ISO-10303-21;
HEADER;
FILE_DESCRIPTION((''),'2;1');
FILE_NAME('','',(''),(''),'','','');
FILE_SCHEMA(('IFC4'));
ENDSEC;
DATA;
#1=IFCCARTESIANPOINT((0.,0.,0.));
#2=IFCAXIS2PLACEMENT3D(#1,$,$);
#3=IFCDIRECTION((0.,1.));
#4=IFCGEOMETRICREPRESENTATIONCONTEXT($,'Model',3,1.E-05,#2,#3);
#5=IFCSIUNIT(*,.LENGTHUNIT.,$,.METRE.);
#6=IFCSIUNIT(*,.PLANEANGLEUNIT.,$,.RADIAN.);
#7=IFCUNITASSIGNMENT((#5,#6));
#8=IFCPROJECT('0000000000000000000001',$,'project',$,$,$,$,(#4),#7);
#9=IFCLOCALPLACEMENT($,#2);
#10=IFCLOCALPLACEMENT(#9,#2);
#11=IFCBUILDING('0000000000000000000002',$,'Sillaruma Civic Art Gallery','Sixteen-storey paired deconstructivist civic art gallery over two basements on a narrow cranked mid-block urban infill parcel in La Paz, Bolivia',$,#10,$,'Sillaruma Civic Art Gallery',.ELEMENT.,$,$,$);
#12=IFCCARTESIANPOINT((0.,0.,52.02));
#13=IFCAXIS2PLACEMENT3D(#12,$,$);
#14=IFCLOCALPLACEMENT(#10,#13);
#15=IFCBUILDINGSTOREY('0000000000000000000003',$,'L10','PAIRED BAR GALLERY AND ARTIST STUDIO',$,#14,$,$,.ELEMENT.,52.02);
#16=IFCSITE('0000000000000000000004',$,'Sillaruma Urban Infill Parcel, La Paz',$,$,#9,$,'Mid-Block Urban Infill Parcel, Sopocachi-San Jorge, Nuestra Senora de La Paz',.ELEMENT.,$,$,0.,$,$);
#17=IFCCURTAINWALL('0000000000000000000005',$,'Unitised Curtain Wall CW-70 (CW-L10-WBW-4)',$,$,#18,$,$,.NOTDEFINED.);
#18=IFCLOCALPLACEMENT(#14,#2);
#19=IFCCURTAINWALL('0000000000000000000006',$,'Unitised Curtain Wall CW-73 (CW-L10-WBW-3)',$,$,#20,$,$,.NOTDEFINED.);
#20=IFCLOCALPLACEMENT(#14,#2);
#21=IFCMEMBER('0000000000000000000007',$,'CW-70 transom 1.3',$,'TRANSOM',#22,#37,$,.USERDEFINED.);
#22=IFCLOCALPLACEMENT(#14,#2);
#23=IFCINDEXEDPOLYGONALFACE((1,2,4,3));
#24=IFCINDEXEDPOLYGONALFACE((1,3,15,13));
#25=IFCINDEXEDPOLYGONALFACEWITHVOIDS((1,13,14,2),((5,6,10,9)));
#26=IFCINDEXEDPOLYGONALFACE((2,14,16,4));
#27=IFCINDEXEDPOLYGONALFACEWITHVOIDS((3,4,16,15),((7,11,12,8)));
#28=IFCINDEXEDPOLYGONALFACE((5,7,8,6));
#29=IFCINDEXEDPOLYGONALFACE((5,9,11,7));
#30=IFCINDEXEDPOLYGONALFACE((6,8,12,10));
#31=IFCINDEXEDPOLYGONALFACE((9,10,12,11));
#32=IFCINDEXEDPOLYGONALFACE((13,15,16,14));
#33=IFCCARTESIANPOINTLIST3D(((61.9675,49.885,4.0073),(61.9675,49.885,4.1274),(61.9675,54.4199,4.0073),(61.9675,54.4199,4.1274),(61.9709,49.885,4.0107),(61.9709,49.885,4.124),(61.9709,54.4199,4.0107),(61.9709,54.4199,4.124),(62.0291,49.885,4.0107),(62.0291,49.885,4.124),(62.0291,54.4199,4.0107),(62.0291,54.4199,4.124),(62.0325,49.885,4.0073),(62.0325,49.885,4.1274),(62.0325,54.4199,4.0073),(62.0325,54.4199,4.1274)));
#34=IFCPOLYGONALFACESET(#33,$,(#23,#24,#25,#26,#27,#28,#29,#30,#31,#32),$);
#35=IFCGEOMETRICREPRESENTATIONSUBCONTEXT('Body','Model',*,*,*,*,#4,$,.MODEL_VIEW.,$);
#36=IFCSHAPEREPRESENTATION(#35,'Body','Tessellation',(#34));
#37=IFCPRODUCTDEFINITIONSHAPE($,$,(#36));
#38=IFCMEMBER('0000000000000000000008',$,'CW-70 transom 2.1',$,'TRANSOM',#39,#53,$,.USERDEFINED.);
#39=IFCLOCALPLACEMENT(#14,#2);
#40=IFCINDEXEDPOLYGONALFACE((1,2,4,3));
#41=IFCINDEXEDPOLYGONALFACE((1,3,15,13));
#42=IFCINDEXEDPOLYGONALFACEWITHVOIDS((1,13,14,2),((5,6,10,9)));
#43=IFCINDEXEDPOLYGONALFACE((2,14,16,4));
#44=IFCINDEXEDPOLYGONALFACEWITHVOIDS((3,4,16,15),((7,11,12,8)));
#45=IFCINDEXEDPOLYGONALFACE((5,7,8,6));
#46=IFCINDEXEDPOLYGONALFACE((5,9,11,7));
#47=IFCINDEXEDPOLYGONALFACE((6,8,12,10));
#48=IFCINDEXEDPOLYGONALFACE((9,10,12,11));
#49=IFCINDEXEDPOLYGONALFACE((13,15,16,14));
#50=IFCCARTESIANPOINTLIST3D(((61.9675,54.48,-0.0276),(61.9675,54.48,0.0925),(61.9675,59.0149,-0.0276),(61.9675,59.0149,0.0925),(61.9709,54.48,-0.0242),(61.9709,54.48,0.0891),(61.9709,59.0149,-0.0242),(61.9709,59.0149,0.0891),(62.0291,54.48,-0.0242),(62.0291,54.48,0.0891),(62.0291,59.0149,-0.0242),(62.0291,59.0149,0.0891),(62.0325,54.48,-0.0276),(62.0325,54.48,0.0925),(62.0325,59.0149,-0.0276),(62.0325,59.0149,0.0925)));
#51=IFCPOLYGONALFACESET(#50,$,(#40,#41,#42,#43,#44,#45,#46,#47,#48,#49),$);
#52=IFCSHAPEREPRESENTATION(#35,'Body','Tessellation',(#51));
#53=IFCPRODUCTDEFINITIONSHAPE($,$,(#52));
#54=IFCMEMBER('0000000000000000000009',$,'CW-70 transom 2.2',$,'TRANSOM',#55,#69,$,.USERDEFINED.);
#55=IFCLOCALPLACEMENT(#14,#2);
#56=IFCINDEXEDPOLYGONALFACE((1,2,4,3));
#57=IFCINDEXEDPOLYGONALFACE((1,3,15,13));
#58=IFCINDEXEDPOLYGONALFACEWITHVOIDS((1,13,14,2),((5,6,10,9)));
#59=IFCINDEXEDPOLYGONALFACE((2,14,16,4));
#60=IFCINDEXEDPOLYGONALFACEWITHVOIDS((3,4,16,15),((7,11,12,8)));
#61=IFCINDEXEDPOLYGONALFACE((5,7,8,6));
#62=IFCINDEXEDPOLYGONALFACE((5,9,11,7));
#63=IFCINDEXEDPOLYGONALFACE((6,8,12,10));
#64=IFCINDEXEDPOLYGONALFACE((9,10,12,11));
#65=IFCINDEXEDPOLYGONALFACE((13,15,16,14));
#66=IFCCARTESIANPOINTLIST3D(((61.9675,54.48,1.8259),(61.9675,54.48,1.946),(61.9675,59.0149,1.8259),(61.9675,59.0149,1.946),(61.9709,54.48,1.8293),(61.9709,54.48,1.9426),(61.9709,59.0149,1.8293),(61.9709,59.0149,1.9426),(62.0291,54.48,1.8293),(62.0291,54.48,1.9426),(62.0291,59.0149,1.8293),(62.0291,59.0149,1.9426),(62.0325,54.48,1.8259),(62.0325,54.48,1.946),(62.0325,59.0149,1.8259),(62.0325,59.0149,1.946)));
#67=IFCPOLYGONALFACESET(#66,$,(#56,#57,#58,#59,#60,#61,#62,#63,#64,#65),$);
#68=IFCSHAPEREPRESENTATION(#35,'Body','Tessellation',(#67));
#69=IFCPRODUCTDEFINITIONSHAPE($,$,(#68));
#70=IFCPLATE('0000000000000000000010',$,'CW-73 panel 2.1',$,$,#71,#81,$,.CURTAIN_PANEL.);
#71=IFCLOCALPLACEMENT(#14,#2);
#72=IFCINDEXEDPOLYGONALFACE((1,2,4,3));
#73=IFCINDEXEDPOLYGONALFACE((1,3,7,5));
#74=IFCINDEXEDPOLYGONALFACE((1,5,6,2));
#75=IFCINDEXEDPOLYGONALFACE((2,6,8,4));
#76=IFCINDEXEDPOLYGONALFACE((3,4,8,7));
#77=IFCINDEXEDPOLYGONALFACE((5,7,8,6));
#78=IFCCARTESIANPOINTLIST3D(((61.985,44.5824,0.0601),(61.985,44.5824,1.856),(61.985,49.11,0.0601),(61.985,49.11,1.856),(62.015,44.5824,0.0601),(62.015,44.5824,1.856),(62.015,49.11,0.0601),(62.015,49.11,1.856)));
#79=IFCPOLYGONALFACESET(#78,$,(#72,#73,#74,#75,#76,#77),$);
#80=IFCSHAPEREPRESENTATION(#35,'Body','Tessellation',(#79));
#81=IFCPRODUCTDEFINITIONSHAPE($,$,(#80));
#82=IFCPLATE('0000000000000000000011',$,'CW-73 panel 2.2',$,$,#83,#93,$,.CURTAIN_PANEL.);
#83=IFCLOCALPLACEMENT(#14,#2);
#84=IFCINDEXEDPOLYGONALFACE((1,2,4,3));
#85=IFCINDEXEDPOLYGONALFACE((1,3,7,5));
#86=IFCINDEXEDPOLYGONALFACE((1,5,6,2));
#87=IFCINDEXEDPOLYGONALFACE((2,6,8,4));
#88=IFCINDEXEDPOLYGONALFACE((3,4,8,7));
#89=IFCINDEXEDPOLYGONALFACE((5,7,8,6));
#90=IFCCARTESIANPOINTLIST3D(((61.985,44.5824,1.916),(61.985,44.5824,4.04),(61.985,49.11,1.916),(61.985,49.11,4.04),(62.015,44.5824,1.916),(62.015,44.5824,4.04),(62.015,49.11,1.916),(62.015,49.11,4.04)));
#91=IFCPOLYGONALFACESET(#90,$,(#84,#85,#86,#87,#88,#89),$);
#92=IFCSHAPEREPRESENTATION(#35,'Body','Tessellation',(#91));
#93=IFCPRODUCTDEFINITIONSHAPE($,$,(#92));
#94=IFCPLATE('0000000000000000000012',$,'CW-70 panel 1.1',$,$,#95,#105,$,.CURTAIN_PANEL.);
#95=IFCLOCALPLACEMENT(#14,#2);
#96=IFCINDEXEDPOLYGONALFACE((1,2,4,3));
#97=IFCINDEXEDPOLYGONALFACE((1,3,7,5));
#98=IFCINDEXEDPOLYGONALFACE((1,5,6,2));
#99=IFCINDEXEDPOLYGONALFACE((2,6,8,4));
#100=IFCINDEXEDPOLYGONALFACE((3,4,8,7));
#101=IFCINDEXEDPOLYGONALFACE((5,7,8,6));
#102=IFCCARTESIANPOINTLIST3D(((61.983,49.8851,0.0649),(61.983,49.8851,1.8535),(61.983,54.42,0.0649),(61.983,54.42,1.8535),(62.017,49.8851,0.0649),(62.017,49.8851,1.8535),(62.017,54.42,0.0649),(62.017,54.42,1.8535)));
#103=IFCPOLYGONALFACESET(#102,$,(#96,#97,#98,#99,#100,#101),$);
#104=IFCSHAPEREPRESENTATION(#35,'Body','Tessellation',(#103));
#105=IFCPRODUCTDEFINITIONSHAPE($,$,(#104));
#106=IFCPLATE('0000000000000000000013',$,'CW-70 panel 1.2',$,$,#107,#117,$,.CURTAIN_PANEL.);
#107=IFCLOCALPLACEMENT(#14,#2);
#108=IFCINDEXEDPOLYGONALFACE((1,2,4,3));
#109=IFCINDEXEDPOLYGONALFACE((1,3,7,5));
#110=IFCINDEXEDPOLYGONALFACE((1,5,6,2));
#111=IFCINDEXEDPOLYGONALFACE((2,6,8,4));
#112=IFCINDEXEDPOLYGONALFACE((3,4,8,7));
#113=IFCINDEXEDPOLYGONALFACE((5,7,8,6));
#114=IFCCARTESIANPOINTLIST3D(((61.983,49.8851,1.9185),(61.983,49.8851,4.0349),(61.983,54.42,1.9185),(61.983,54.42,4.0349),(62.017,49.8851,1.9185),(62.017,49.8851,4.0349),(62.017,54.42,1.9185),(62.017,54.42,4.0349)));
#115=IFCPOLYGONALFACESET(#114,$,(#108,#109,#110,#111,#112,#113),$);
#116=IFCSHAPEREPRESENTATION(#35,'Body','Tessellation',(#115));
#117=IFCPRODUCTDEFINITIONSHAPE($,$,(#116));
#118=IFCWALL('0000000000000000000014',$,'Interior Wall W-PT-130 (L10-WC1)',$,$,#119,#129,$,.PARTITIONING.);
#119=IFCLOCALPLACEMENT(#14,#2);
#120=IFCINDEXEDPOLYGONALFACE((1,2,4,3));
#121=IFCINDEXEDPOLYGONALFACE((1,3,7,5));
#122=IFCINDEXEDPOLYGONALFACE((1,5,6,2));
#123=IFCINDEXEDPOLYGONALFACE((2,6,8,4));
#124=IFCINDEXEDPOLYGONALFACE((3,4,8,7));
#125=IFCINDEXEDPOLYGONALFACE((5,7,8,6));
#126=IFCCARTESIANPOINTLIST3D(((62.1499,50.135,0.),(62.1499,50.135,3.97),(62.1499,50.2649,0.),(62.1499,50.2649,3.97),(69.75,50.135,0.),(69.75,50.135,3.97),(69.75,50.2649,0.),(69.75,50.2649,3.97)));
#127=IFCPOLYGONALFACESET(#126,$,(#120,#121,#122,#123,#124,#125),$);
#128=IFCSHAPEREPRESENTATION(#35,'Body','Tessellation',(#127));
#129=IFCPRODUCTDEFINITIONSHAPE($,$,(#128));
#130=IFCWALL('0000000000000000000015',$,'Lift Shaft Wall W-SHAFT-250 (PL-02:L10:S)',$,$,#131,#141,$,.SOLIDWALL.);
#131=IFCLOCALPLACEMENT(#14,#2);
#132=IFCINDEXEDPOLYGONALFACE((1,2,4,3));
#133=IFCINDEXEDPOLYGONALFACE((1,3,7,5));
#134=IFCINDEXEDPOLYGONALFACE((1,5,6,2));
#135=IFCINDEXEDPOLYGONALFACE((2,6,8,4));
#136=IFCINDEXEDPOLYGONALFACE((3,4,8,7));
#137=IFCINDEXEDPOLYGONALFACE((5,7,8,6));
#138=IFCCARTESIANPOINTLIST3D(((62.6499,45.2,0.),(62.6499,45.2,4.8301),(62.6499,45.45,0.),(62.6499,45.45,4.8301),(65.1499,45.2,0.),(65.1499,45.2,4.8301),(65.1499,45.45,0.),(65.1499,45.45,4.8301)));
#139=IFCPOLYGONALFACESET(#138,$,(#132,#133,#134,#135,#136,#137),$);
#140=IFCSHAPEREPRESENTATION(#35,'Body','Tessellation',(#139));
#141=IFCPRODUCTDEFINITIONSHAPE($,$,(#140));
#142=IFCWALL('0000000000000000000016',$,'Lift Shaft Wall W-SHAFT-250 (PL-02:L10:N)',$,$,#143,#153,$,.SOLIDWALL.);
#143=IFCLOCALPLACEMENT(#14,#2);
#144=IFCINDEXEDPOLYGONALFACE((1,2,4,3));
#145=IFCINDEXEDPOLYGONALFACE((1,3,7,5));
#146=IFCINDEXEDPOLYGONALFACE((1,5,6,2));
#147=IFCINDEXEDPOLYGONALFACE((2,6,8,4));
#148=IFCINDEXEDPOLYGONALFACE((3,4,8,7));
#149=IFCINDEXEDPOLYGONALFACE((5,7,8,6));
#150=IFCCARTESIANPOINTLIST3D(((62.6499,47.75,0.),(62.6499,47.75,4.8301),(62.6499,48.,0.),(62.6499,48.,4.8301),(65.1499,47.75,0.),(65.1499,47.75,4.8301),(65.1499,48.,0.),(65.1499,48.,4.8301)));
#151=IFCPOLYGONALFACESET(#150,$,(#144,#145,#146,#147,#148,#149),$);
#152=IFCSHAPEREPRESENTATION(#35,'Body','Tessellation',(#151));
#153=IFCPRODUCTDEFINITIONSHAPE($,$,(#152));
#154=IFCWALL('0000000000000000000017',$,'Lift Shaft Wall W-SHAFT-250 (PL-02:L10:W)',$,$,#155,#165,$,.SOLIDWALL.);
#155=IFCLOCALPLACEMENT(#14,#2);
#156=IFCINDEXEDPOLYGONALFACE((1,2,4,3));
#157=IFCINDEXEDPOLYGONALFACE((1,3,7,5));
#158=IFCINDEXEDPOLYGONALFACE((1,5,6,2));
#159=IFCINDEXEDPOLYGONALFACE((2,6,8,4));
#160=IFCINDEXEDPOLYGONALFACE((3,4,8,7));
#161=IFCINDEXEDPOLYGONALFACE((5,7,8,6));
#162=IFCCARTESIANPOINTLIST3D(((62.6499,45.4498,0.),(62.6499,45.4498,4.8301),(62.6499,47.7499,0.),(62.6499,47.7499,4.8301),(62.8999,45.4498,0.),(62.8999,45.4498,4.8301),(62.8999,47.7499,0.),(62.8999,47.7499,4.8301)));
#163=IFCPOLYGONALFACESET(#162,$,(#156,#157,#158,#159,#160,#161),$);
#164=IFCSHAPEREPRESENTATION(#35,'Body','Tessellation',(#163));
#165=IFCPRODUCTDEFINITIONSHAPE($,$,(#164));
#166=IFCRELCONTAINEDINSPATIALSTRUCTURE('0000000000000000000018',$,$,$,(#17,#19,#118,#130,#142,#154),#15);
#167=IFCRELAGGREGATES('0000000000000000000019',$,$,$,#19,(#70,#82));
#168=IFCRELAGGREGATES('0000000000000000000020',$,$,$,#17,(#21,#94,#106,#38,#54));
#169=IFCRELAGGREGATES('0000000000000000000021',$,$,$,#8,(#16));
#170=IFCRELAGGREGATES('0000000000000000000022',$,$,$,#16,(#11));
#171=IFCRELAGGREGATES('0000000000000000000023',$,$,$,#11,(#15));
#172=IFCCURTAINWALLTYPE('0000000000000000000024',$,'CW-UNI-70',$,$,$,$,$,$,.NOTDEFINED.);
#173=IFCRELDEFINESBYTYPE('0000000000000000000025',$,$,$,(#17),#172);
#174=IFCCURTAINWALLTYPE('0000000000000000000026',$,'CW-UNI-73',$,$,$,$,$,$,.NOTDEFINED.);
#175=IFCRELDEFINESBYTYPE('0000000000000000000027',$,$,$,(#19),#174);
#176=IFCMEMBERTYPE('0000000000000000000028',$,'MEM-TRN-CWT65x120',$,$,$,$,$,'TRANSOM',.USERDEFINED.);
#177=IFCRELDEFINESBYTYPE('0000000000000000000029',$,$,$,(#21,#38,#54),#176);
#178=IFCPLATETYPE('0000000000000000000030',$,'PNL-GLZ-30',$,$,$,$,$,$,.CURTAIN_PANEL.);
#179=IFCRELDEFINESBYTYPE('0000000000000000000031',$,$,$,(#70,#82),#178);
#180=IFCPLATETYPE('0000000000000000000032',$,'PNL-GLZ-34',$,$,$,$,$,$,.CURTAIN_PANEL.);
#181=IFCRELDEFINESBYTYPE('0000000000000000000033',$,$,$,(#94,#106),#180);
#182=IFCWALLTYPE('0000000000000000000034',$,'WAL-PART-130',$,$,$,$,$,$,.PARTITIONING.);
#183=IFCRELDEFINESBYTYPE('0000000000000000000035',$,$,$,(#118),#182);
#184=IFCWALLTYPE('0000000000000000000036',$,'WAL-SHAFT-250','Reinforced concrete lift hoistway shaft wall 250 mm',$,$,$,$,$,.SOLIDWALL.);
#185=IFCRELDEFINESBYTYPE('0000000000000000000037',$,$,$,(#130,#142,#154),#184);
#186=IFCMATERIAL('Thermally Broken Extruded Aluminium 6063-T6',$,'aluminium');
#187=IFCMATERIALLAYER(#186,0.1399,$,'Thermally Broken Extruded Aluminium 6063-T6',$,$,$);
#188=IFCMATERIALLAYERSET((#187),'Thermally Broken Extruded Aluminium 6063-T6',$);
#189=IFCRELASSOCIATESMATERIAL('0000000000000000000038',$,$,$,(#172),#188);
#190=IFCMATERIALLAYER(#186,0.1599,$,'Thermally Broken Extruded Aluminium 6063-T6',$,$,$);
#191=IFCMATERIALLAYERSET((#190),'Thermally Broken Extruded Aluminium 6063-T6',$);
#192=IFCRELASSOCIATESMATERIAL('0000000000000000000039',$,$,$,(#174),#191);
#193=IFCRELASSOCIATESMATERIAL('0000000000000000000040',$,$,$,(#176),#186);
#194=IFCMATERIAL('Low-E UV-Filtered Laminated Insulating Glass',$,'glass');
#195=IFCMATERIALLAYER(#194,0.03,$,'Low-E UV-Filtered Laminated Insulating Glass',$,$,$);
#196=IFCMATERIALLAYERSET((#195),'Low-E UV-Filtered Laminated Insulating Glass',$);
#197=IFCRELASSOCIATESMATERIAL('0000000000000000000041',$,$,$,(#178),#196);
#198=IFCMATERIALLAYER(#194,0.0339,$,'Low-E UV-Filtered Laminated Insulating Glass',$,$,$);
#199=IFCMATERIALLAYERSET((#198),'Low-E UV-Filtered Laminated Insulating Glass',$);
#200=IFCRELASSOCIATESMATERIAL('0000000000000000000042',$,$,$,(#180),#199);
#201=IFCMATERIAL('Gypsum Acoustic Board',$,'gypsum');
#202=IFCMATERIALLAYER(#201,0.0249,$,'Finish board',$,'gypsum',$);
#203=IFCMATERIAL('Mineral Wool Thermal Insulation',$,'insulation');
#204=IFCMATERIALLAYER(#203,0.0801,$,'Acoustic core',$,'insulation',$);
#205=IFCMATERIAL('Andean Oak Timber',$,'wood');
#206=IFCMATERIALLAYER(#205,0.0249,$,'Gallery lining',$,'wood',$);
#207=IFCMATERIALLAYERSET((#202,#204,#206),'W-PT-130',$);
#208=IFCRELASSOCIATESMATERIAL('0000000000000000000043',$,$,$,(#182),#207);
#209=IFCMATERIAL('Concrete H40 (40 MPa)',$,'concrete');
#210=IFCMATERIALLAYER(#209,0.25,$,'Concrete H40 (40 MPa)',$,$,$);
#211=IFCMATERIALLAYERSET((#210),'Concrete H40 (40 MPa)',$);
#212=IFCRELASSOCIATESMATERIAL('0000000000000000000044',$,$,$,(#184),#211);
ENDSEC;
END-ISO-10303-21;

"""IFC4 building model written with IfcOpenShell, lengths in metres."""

from ifc_helpers import new_model, si_unit, direction, frame, frame_2d, origin, origin_2d, place, context, subcontext, project, spatial, rectangle, hollow_rectangle, extrude, material, layer, layer_set, material_profile, profile_set, type_object, element, aggregate, save


model = new_model("IFC4")

# Units and contexts
model_context = context("Model", 3, precision=1e-05, world=origin(), true_north=direction((0.0, 1.0)))
body_context = subcontext(model_context, "Body", "Model", "MODEL_VIEW")
ifc_project = project(units=[si_unit("LENGTHUNIT", "METRE"), si_unit("PLANEANGLEUNIT", "RADIAN")], contexts=[model_context])

# Site, building, storey
site_placement = place(None, origin())
site = spatial("IfcSite", under=ifc_project, at=site_placement, Name="Sillaruma Urban Infill Parcel, La Paz", LongName="Mid-Block Urban Infill Parcel, Sopocachi-San Jorge, Nuestra Senora de La Paz", CompositionType="ELEMENT", RefElevation=0.0)
building_placement = place(site_placement, origin())
building = spatial("IfcBuilding", under=site, at=building_placement, Name="Sillaruma Civic Art Gallery", Description="Sixteen-storey paired deconstructivist civic art gallery over two basements on a narrow cranked mid-block urban infill parcel in La Paz, Bolivia", LongName="Sillaruma Civic Art Gallery", CompositionType="ELEMENT")
storey_placement = place(building_placement, frame((0.0, 0.0, 52.02)))
storey = spatial("IfcBuildingStorey", under=building, at=storey_placement, Name="L10", Description="PAIRED BAR GALLERY AND ARTIST STUDIO", CompositionType="ELEMENT", Elevation=52.02)

# Shared definitions
ifc_material_1 = material(Name="Concrete H40 (40 MPa)", Category="concrete")

# Curtain wall
ifc_material_2 = material(Name="Thermally Broken Extruded Aluminium 6063-T6", Category="aluminium")
ifc_layer_1 = layer(ifc_material_2, 0.1399, Name="Thermally Broken Extruded Aluminium 6063-T6")
ifc_layer_set_1 = layer_set([ifc_layer_1], Name="Thermally Broken Extruded Aluminium 6063-T6")
curtain_wall_type_1 = type_object("IfcCurtainWallType", Name="CW-UNI-70", PredefinedType="NOTDEFINED", material=ifc_layer_set_1)
curtain_wall_1_placement = place(storey_placement, origin())
curtain_wall_1 = element("IfcCurtainWall", 1, at=curtain_wall_1_placement, inside=storey, type_object=curtain_wall_type_1, Name="Unitised Curtain Wall CW-70 (CW-L10-WBW-4)", PredefinedType="NOTDEFINED")

# Curtain wall
ifc_layer_2 = layer(ifc_material_2, 0.1599, Name="Thermally Broken Extruded Aluminium 6063-T6")
ifc_layer_set_2 = layer_set([ifc_layer_2], Name="Thermally Broken Extruded Aluminium 6063-T6")
curtain_wall_type_2 = type_object("IfcCurtainWallType", Name="CW-UNI-73", PredefinedType="NOTDEFINED", material=ifc_layer_set_2)
curtain_wall_2_placement = place(storey_placement, origin())
curtain_wall_2 = element("IfcCurtainWall", 2, at=curtain_wall_2_placement, inside=storey, type_object=curtain_wall_type_2, Name="Unitised Curtain Wall CW-73 (CW-L10-WBW-3)", PredefinedType="NOTDEFINED")

# Members
ifc_material_profile_1 = material_profile(ifc_material_2, hollow_rectangle(XDim=0.0649, YDim=0.1201, WallThickness=0.0034, at=origin_2d()), Name="CWT65x120")
ifc_profile_set_1 = profile_set([ifc_material_profile_1], Name="Thermally Broken Extruded Aluminium 6063-T6")
member_type_1 = type_object("IfcMemberType", Name="MEM-TRN-CWT65x120", ElementType="TRANSOM", PredefinedType="USERDEFINED", material=ifc_profile_set_1)
member_1_placement = place(storey_placement, frame((62.0, 49.885, 4.0674), z_axis=(0.0, 1.0, 0.0), x_axis=(-1.0, 0.0, 0.0)))
member_1 = element("IfcMember", 3, at=member_1_placement, type_object=member_type_1, Name="CW-70 transom 1.3", ObjectType="TRANSOM", PredefinedType="USERDEFINED", context=body_context, shape_type="SweptSolid", body=[
    extrude(hollow_rectangle(XDim=0.0649, YDim=0.1201, WallThickness=0.0034, at=origin_2d()), origin(), (0.0, 0.0, 1.0), 4.5349),
])
member_2_placement = place(storey_placement, frame((62.0, 54.48, 0.0325), z_axis=(0.0, 1.0, 0.0), x_axis=(-1.0, 0.0, 0.0)))
member_2 = element("IfcMember", 4, at=member_2_placement, type_object=member_type_1, Name="CW-70 transom 2.1", ObjectType="TRANSOM", PredefinedType="USERDEFINED", context=body_context, shape_type="SweptSolid", body=[
    extrude(hollow_rectangle(XDim=0.0649, YDim=0.1201, WallThickness=0.0034, at=origin_2d()), origin(), (0.0, 0.0, 1.0), 4.5349),
])
member_3_placement = place(storey_placement, frame((62.0, 54.48, 1.886), z_axis=(0.0, 1.0, 0.0), x_axis=(-1.0, 0.0, 0.0)))
member_3 = element("IfcMember", 5, at=member_3_placement, type_object=member_type_1, Name="CW-70 transom 2.2", ObjectType="TRANSOM", PredefinedType="USERDEFINED", context=body_context, shape_type="SweptSolid", body=[
    extrude(hollow_rectangle(XDim=0.0649, YDim=0.1201, WallThickness=0.0034, at=origin_2d()), origin(), (0.0, 0.0, 1.0), 4.5349),
])

# Plates
ifc_material_3 = material(Name="Low-E UV-Filtered Laminated Insulating Glass", Category="glass")
ifc_layer_3 = layer(ifc_material_3, 0.03, Name="Low-E UV-Filtered Laminated Insulating Glass")
ifc_layer_set_3 = layer_set([ifc_layer_3], Name="Low-E UV-Filtered Laminated Insulating Glass")
plate_type_1 = type_object("IfcPlateType", Name="PNL-GLZ-30", PredefinedType="CURTAIN_PANEL", material=ifc_layer_set_3)
plate_1_placement = place(storey_placement, frame((62.0, 46.8462, 0.0601), z_axis=(0.0, 0.0, 1.0), x_axis=(0.0, 1.0, 0.0)))
plate_1 = element("IfcPlate", 6, at=plate_1_placement, type_object=plate_type_1, Name="CW-73 panel 2.1", PredefinedType="CURTAIN_PANEL", context=body_context, shape_type="SweptSolid", body=[
    extrude(rectangle(XDim=4.5276, YDim=0.03, at=origin_2d()), origin(), (0.0, 0.0, 1.0), 1.7959),
])
plate_2_placement = place(storey_placement, frame((62.0, 46.8462, 1.916), z_axis=(0.0, 0.0, 1.0), x_axis=(0.0, 1.0, 0.0)))
plate_2 = element("IfcPlate", 7, at=plate_2_placement, type_object=plate_type_1, Name="CW-73 panel 2.2", PredefinedType="CURTAIN_PANEL", context=body_context, shape_type="SweptSolid", body=[
    extrude(rectangle(XDim=4.5276, YDim=0.03, at=origin_2d()), origin(), (0.0, 0.0, 1.0), 2.124),
])
aggregate(curtain_wall_2, [plate_1, plate_2])
ifc_layer_4 = layer(ifc_material_3, 0.0339, Name="Low-E UV-Filtered Laminated Insulating Glass")
ifc_layer_set_4 = layer_set([ifc_layer_4], Name="Low-E UV-Filtered Laminated Insulating Glass")
plate_type_2 = type_object("IfcPlateType", Name="PNL-GLZ-34", PredefinedType="CURTAIN_PANEL", material=ifc_layer_set_4)
plate_3_placement = place(storey_placement, frame((62.0, 52.1526, 0.0649), z_axis=(0.0, 0.0, 1.0), x_axis=(0.0, 1.0, 0.0)))
plate_3 = element("IfcPlate", 8, at=plate_3_placement, type_object=plate_type_2, Name="CW-70 panel 1.1", PredefinedType="CURTAIN_PANEL", context=body_context, shape_type="SweptSolid", body=[
    extrude(rectangle(XDim=4.5349, YDim=0.0339, at=origin_2d()), origin(), (0.0, 0.0, 1.0), 1.7886),
])
plate_4_placement = place(storey_placement, frame((62.0, 52.1526, 1.9185), z_axis=(0.0, 0.0, 1.0), x_axis=(0.0, 1.0, 0.0)))
plate_4 = element("IfcPlate", 9, at=plate_4_placement, type_object=plate_type_2, Name="CW-70 panel 1.2", PredefinedType="CURTAIN_PANEL", context=body_context, shape_type="SweptSolid", body=[
    extrude(rectangle(XDim=4.5349, YDim=0.0339, at=origin_2d()), origin(), (0.0, 0.0, 1.0), 2.1165),
])
aggregate(curtain_wall_1, [member_1, plate_3, plate_4, member_2, member_3])

# Walls
ifc_material_4 = material(Name="Gypsum Acoustic Board", Category="gypsum")
ifc_layer_5 = layer(ifc_material_4, 0.0249, Name="Finish board", Category="gypsum")
ifc_material_5 = material(Name="Mineral Wool Thermal Insulation", Category="insulation")
ifc_layer_6 = layer(ifc_material_5, 0.0801, Name="Acoustic core", Category="insulation")
ifc_material_6 = material(Name="Andean Oak Timber", Category="wood")
ifc_layer_7 = layer(ifc_material_6, 0.0249, Name="Gallery lining", Category="wood")
ifc_layer_set_5 = layer_set([ifc_layer_5, ifc_layer_6, ifc_layer_7], Name="W-PT-130")
wall_type_1 = type_object("IfcWallType", Name="WAL-PART-130", PredefinedType="PARTITIONING", material=ifc_layer_set_5)
wall_1_placement = place(storey_placement, frame((62.1499, 50.2, 0.0), z_axis=(0.0, 0.0, 1.0), x_axis=(1.0, 0.0, 0.0)))
element("IfcWall", 10, at=wall_1_placement, inside=storey, type_object=wall_type_1, Name="Interior Wall W-PT-130 (L10-WC1)", PredefinedType="PARTITIONING", context=body_context, shape_type="SweptSolid", body=[
    extrude(rectangle(XDim=7.6001, YDim=0.1299, at=frame_2d((3.8, 0.0))), origin(), (0.0, 0.0, 1.0), 3.97),
])
ifc_layer_8 = layer(ifc_material_1, 0.25, Name="Concrete H40 (40 MPa)")
ifc_layer_set_6 = layer_set([ifc_layer_8], Name="Concrete H40 (40 MPa)")
wall_type_2 = type_object("IfcWallType", Name="WAL-SHAFT-250", Description="Reinforced concrete lift hoistway shaft wall 250 mm", PredefinedType="SOLIDWALL", material=ifc_layer_set_6)
for number, where, z_axis, x_axis, name in (
    (11, (62.6499, 45.325, 0.0), (0.0, 0.0, 1.0), (1.0, 0.0, 0.0), "Lift Shaft Wall W-SHAFT-250 (PL-02:L10:S)"),
    (12, (62.6499, 47.875, 0.0), (0.0, 0.0, 1.0), (1.0, 0.0, 0.0), "Lift Shaft Wall W-SHAFT-250 (PL-02:L10:N)"),
):
    element("IfcWall", number, at=place(storey_placement, frame(where, z_axis=z_axis, x_axis=x_axis)), inside=storey, type_object=wall_type_2, Name=name, PredefinedType="SOLIDWALL", context=body_context, shape_type="SweptSolid", body=[
        extrude(rectangle(XDim=2.5, YDim=0.25, at=frame_2d((1.25, 0.0))), origin(), (0.0, 0.0, 1.0), 4.8301),
    ])
wall_2_placement = place(storey_placement, frame((62.7749, 45.45, 0.0), z_axis=(0.0, 0.0, 1.0), x_axis=(0.0, 1.0, 0.0)))
element("IfcWall", 13, at=wall_2_placement, inside=storey, type_object=wall_type_2, Name="Lift Shaft Wall W-SHAFT-250 (PL-02:L10:W)", PredefinedType="SOLIDWALL", context=body_context, shape_type="SweptSolid", body=[
    extrude(rectangle(XDim=2.3, YDim=0.25, at=frame_2d((1.1499, 0.0))), origin(), (0.0, 0.0, 1.0), 4.8301),
])

save(model, "model.ifc")
